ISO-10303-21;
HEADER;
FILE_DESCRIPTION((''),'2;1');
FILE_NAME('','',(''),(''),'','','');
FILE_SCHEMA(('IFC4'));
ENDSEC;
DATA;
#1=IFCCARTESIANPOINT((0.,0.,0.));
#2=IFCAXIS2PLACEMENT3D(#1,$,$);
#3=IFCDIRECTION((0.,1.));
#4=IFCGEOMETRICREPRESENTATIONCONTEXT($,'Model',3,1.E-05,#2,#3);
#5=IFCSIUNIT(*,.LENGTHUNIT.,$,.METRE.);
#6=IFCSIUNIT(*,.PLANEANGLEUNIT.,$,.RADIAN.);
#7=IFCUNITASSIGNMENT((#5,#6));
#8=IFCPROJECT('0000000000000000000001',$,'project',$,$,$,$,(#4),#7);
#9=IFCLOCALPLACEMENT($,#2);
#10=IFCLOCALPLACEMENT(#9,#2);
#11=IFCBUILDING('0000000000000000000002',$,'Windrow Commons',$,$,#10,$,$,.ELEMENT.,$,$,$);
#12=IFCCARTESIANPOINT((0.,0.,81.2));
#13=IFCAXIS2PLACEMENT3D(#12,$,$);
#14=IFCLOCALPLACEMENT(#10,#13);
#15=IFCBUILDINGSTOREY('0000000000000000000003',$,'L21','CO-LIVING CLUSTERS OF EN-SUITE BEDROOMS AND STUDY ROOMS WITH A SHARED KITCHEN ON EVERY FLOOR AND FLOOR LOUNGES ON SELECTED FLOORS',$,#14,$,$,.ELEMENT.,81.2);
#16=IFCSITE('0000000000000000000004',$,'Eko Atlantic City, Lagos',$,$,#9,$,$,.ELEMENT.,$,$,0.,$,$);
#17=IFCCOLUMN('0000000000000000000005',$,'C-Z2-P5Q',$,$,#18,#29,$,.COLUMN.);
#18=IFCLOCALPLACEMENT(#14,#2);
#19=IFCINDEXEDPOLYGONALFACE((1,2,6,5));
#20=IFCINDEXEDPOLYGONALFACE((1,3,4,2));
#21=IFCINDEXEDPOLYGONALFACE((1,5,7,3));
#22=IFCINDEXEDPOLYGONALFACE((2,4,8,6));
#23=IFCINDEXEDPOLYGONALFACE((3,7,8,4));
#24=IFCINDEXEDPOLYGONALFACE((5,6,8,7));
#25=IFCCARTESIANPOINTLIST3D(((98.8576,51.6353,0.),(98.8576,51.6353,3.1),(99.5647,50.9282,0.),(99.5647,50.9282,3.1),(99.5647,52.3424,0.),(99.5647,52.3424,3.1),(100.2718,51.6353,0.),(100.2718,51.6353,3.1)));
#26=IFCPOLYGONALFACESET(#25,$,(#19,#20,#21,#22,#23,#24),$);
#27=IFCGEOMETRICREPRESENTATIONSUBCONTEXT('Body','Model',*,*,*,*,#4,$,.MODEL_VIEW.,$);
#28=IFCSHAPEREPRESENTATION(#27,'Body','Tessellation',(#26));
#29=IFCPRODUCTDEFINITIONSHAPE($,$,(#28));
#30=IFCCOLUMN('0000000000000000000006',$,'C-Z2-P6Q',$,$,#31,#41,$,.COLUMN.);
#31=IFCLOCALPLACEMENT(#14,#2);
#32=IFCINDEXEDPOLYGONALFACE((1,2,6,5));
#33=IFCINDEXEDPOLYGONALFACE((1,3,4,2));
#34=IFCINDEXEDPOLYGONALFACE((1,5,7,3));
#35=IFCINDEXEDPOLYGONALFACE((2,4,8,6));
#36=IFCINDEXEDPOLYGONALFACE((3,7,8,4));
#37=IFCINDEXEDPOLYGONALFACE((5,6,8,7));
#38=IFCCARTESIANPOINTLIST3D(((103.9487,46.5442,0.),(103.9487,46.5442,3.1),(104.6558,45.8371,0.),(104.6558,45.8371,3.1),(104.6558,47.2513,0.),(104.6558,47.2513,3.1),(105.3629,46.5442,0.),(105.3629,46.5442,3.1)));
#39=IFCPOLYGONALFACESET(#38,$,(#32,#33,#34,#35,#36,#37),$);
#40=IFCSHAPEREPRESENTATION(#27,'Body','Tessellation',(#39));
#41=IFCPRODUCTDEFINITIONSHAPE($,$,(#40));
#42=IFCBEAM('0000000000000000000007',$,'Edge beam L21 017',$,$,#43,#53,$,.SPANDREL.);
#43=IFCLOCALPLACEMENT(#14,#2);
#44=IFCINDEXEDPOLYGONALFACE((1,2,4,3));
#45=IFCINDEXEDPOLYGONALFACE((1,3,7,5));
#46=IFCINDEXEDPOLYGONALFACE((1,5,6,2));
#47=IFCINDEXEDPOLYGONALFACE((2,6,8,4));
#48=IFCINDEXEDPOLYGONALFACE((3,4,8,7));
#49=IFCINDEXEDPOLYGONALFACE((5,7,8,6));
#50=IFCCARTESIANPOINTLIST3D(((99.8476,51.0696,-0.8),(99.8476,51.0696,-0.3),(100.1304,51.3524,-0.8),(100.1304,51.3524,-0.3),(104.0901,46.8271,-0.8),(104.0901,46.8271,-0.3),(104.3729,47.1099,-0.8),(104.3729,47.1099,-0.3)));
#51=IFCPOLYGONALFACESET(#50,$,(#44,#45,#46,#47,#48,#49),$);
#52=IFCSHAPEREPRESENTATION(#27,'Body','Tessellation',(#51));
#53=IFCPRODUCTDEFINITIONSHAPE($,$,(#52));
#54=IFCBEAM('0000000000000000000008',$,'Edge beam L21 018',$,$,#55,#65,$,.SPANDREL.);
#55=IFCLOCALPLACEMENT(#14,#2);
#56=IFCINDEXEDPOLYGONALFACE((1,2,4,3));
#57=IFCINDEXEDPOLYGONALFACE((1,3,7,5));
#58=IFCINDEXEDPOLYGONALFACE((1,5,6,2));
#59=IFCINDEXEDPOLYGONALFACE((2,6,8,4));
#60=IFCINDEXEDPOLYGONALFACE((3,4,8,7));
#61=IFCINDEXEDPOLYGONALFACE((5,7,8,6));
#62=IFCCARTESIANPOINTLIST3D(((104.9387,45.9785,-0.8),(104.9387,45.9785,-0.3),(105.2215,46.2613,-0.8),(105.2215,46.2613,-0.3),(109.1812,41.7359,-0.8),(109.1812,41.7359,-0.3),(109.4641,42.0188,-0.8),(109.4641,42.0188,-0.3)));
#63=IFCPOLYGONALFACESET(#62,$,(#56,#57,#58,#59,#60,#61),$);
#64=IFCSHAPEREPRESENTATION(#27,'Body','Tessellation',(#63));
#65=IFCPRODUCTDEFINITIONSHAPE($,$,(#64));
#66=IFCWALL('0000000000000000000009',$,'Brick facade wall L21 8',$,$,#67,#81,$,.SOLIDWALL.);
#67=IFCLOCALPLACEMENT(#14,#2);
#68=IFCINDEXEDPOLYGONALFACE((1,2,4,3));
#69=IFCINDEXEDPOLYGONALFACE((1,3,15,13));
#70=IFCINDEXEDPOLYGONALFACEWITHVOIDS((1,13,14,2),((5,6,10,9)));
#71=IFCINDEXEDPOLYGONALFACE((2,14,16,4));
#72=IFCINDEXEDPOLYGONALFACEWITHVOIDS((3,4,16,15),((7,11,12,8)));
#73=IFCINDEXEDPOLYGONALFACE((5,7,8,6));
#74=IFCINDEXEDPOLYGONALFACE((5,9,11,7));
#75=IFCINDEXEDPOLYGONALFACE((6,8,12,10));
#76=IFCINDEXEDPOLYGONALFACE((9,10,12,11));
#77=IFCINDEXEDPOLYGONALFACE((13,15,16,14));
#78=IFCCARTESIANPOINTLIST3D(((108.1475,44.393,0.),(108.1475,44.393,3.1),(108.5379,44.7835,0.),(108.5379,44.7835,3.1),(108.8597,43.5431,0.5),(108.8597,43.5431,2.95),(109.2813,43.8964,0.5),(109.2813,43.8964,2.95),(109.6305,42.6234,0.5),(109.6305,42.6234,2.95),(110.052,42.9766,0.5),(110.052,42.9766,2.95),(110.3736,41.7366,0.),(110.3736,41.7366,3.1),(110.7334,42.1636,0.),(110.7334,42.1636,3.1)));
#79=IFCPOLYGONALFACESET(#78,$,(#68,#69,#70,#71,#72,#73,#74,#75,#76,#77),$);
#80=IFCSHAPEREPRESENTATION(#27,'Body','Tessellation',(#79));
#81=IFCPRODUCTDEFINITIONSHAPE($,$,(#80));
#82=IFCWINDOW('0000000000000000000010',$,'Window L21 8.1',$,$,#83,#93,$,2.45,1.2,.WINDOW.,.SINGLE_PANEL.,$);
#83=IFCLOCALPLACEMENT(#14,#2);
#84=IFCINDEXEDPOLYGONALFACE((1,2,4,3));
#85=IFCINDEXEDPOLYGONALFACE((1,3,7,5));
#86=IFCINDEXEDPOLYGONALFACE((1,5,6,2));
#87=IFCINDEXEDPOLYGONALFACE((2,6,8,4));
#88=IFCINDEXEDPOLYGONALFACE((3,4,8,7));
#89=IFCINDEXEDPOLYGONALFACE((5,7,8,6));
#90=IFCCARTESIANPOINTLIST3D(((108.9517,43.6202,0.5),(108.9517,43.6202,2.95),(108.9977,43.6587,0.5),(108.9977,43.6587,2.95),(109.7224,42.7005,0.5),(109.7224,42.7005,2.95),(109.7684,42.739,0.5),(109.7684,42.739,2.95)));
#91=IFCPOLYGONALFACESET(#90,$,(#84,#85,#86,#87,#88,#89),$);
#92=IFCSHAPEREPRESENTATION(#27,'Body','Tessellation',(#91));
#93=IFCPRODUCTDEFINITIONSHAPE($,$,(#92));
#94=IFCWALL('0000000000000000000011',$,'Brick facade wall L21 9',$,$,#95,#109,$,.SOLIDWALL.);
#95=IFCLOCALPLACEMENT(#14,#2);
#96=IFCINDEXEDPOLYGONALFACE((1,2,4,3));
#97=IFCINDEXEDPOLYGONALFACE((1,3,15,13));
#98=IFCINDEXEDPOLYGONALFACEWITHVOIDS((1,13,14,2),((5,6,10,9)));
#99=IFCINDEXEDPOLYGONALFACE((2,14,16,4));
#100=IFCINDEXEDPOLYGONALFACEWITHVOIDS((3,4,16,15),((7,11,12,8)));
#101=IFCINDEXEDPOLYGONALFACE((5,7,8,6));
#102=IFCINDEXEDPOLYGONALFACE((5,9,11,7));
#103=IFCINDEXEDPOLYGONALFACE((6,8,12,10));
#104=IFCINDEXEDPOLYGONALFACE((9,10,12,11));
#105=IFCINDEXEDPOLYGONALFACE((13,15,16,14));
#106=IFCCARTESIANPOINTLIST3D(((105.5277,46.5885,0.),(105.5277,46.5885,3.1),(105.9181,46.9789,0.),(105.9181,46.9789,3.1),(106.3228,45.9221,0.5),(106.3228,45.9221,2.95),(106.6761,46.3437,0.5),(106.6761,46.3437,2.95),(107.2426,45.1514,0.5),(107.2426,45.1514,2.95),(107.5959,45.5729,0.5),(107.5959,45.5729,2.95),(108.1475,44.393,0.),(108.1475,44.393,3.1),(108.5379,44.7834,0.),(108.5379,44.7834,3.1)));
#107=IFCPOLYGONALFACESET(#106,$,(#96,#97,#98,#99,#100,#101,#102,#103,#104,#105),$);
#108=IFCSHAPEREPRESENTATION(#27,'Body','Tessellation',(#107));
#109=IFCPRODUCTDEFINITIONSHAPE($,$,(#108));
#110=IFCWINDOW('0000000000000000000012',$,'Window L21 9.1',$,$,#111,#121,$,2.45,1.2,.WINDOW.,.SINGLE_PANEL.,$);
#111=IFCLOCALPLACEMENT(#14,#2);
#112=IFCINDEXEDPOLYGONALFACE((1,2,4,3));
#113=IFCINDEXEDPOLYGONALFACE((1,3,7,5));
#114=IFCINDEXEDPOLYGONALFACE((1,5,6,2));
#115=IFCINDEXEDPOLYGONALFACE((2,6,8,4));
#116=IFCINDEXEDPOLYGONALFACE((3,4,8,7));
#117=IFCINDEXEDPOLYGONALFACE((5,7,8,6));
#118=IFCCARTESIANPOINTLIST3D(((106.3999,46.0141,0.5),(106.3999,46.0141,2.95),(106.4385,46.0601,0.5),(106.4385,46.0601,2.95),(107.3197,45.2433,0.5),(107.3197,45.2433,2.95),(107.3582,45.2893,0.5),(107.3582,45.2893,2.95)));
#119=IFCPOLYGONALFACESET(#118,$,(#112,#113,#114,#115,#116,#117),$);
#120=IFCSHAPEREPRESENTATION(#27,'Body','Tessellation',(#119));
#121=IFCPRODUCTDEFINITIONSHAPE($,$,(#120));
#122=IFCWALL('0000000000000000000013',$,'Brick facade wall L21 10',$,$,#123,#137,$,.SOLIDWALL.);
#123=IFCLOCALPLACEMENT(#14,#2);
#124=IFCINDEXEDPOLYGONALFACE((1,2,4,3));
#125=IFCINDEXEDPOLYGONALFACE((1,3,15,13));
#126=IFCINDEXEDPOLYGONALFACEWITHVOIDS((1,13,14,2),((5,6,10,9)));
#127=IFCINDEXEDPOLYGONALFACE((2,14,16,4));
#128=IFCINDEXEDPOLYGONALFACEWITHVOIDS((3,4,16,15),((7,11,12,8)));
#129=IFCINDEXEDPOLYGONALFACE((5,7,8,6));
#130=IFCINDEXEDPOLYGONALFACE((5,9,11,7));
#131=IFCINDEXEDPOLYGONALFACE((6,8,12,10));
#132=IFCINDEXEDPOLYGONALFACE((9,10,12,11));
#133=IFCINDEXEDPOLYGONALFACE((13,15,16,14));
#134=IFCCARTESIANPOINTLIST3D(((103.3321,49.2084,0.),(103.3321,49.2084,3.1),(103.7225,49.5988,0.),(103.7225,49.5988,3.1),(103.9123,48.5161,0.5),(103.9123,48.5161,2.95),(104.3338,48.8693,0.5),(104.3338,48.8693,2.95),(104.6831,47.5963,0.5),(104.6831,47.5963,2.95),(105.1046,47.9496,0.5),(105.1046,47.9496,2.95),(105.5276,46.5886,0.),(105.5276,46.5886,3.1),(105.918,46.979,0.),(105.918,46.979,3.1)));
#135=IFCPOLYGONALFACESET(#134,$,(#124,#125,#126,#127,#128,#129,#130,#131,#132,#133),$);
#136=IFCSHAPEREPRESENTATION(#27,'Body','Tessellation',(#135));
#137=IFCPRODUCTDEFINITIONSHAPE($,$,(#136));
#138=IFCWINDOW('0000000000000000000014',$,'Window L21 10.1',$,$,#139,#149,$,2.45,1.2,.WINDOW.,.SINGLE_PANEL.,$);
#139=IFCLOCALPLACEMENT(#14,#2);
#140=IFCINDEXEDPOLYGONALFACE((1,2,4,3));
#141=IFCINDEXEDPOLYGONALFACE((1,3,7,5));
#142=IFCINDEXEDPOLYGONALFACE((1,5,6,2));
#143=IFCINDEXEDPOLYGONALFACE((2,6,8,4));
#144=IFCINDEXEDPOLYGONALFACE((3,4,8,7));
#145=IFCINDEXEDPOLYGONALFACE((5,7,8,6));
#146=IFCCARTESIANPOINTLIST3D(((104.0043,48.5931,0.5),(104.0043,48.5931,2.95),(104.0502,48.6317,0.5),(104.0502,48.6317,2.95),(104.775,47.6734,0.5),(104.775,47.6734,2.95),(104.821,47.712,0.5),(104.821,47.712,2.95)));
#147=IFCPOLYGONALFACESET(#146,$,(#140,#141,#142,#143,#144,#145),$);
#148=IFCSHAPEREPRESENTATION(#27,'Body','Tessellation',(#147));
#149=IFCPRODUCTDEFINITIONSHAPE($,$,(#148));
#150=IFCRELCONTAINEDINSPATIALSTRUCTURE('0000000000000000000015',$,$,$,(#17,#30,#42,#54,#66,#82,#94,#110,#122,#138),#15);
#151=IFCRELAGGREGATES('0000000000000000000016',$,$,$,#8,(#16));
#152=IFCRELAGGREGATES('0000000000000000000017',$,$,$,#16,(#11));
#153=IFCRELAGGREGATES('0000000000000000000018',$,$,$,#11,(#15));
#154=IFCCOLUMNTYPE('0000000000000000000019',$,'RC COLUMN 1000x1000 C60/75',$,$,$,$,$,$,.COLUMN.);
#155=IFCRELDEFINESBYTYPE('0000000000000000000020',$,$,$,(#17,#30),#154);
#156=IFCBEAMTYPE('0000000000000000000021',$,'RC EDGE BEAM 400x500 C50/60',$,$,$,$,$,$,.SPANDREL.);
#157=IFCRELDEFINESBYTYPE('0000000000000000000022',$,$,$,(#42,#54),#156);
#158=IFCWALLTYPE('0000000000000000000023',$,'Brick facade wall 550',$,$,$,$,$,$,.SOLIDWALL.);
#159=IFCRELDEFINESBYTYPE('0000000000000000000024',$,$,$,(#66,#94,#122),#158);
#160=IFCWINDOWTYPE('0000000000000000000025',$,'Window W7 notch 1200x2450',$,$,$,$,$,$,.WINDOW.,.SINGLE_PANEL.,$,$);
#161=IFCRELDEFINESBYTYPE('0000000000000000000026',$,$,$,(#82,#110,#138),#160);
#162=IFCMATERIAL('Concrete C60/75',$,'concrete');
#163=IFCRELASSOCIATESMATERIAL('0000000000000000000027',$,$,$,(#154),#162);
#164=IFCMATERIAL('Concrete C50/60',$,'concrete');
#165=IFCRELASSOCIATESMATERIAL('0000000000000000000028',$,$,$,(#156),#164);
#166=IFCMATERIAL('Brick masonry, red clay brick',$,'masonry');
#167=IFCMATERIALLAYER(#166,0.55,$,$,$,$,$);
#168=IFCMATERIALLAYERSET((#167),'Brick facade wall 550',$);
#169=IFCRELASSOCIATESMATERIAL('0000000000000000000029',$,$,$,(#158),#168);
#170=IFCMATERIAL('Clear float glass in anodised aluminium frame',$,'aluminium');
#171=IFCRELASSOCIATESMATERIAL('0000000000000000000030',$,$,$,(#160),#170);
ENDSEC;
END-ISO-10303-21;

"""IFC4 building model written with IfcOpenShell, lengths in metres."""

from ifc_helpers import new_model, si_unit, direction, frame, frame_2d, origin, origin_2d, place, context, subcontext, project, spatial, polyline, rectangle, outline, extrude, material, layer, layer_set, material_profile, profile_set, type_object, element, fill, save


model = new_model("IFC4")

# Units and contexts
model_context = context("Model", 3, precision=1e-05, world=origin(), true_north=direction((0.0, 1.0)))
body_context = subcontext(model_context, "Body", "Model", "MODEL_VIEW")
ifc_project = project(units=[si_unit("LENGTHUNIT", "METRE"), si_unit("PLANEANGLEUNIT", "RADIAN")], contexts=[model_context])

# Site, building, storey
site_placement = place(None, origin())
site = spatial("IfcSite", under=ifc_project, at=site_placement, Name="Eko Atlantic City, Lagos", CompositionType="ELEMENT", RefElevation=0.0)
building_placement = place(site_placement, origin())
building = spatial("IfcBuilding", under=site, at=building_placement, Name="Windrow Commons", CompositionType="ELEMENT")
storey_placement = place(building_placement, frame((0.0, 0.0, 81.2)))
storey = spatial("IfcBuildingStorey", under=building, at=storey_placement, Name="L21", Description="CO-LIVING CLUSTERS OF EN-SUITE BEDROOMS AND STUDY ROOMS WITH A SHARED KITCHEN ON EVERY FLOOR AND FLOOR LOUNGES ON SELECTED FLOORS", CompositionType="ELEMENT", Elevation=81.2)

# Columns
ifc_material_1 = material(Name="Concrete C60/75", Category="concrete")
ifc_material_profile_1 = material_profile(ifc_material_1, rectangle(XDim=1.0, YDim=1.0, at=origin_2d()))
ifc_profile_set_1 = profile_set([ifc_material_profile_1], Name="Concrete C60/75")
column_type = type_object("IfcColumnType", Name="RC COLUMN 1000x1000 C60/75", PredefinedType="COLUMN", material=ifc_profile_set_1)
for number, where, z_axis, x_axis, name in (
    (1, (99.5647, 51.6353, 0.0), (0.0, 0.0, 1.0), (0.707107, -0.707107, 0.0), "C-Z2-P5Q"),
    (2, (104.6558, 46.5442, 0.0), (0.0, 0.0, 1.0), (0.707107, -0.707107, 0.0), "C-Z2-P6Q"),
):
    element("IfcColumn", number, at=place(storey_placement, frame(where, z_axis=z_axis, x_axis=x_axis)), inside=storey, type_object=column_type, Name=name, PredefinedType="COLUMN", context=body_context, shape_type="SweptSolid", body=[
        extrude(rectangle(XDim=1.0, YDim=1.0, at=origin_2d()), origin(), (0.0, 0.0, 1.0), 3.1),
    ])

# Beams
ifc_material_2 = material(Name="Concrete C50/60", Category="concrete")
ifc_material_profile_2 = material_profile(ifc_material_2, rectangle(XDim=0.4, YDim=0.5, at=origin_2d()))
ifc_profile_set_2 = profile_set([ifc_material_profile_2], Name="Concrete C50/60")
beam_type = type_object("IfcBeamType", Name="RC EDGE BEAM 400x500 C50/60", PredefinedType="SPANDREL", material=ifc_profile_set_2)
beam_1_placement = place(storey_placement, frame((99.989, 51.211, -0.55), z_axis=(0.707107, -0.707107, 0.0), x_axis=(0.707107, 0.707107, 0.0)))
element("IfcBeam", 3, at=beam_1_placement, inside=storey, type_object=beam_type, Name="Edge beam L21 017", PredefinedType="SPANDREL", context=body_context, shape_type="SweptSolid", body=[
    extrude(rectangle(XDim=0.4, YDim=0.5, at=origin_2d()), origin(), (0.0, 0.0, 1.0), 5.9998),
])
beam_2_placement = place(storey_placement, frame((105.0801, 46.1199, -0.55), z_axis=(0.707107, -0.707107, 0.0), x_axis=(0.707107, 0.707107, 0.0)))
element("IfcBeam", 4, at=beam_2_placement, inside=storey, type_object=beam_type, Name="Edge beam L21 018", PredefinedType="SPANDREL", context=body_context, shape_type="SweptSolid", body=[
    extrude(rectangle(XDim=0.4, YDim=0.5, at=origin_2d()), origin(), (0.0, 0.0, 1.0), 5.9999),
])

# Walls, openings, windows
ifc_material_3 = material(Name="Brick masonry, red clay brick", Category="masonry")
ifc_layer_1 = layer(ifc_material_3, 0.55)
ifc_layer_set_1 = layer_set([ifc_layer_1], Name="Brick facade wall 550")
wall_type_1 = type_object("IfcWallType", Name="Brick facade wall 550", PredefinedType="SOLIDWALL", material=ifc_layer_set_1)
wall_1_placement = place(storey_placement, frame((110.5535, 41.9501, 0.0), z_axis=(0.0, 0.0, 1.0), x_axis=(-0.642305, 0.766449, 0.0)))
wall_1 = element("IfcWall", 5, at=wall_1_placement, inside=storey, type_object=wall_type_1, Name="Brick facade wall L21 8", PredefinedType="SOLIDWALL", context=body_context, shape_type="SweptSolid", body=[
    extrude(outline(polyline([(0.0481, -0.275), (3.4663, -0.275), (3.4178, 0.275), (-0.0481, 0.275), (0.0481, -0.275)])), origin(), (0.0, 0.0, 1.0), 3.1),
])
opening_1_placement = place(wall_1_placement, frame((1.1089, 0.0, 0.5)))
opening_1 = element("IfcOpeningElement", 6, at=opening_1_placement, cuts=wall_1, PredefinedType="OPENING", context=body_context, shape_type="SweptSolid", body=[
    extrude(rectangle(XDim=1.2, YDim=2.45, at=frame_2d((0.6, 1.225))), frame((0.0, 0.285, 0.0), z_axis=(0.0, -1.0, 0.0), x_axis=(1.0, 0.0, 0.0)), (0.0, 0.0, 1.0), 0.57),
])
ifc_material_4 = material(Name="Clear float glass in anodised aluminium frame", Category="aluminium")
window_type = type_object("IfcWindowType", Name="Window W7 notch 1200x2450", PartitioningType="SINGLE_PANEL", PredefinedType="WINDOW", material=ifc_material_4)
window_1_placement = place(opening_1_placement, origin())
window_1 = element("IfcWindow", 7, at=window_1_placement, inside=storey, type_object=window_type, Name="Window L21 8.1", OverallHeight=2.45, OverallWidth=1.2, PartitioningType="SINGLE_PANEL", PredefinedType="WINDOW", context=body_context, shape_type="SweptSolid", body=[
    extrude(rectangle(XDim=1.2, YDim=2.45, at=frame_2d((0.6, 1.225))), frame((0.0, 0.155, 0.0), z_axis=(0.0, -1.0, 0.0), x_axis=(1.0, 0.0, 0.0)), (0.0, 0.0, 1.0), 0.06),
])
fill(opening_1, window_1)
wall_2_placement = place(storey_placement, frame((108.3427, 44.5882, 0.0), z_axis=(0.0, 0.0, 1.0), x_axis=(-0.766441, 0.642314, 0.0)))
wall_2 = element("IfcWall", 8, at=wall_2_placement, inside=storey, type_object=wall_type_1, Name="Brick facade wall L21 9", PredefinedType="SOLIDWALL", context=body_context, shape_type="SweptSolid", body=[
    extrude(outline(polyline([(-0.0242, -0.275), (3.3939, -0.275), (3.4424, 0.275), (0.0242, 0.275), (-0.0242, -0.275)])), origin(), (0.0, 0.0, 1.0), 3.1),
])
opening_2_placement = place(wall_2_placement, frame((1.2049, 0.0, 0.5)))
opening_2 = element("IfcOpeningElement", 9, at=opening_2_placement, cuts=wall_2, PredefinedType="OPENING", context=body_context, shape_type="SweptSolid", body=[
    extrude(rectangle(XDim=1.2, YDim=2.45, at=frame_2d((0.6, 1.225))), frame((0.0, 0.285, 0.0), z_axis=(0.0, -1.0, 0.0), x_axis=(1.0, 0.0, 0.0)), (0.0, 0.0, 1.0), 0.57),
])
window_2_placement = place(opening_2_placement, origin())
window_2 = element("IfcWindow", 10, at=window_2_placement, inside=storey, type_object=window_type, Name="Window L21 9.1", OverallHeight=2.45, OverallWidth=1.2, PartitioningType="SINGLE_PANEL", PredefinedType="WINDOW", context=body_context, shape_type="SweptSolid", body=[
    extrude(rectangle(XDim=1.2, YDim=2.45, at=frame_2d((0.6, 1.225))), frame((0.0, 0.155, 0.0), z_axis=(0.0, -1.0, 0.0), x_axis=(1.0, 0.0, 0.0)), (0.0, 0.0, 1.0), 0.06),
])
fill(opening_2, window_2)
wall_3_placement = place(storey_placement, frame((105.7228, 46.7838, 0.0), z_axis=(0.0, 0.0, 1.0), x_axis=(-0.642311, 0.766444, 0.0)))
wall_3 = element("IfcWall", 11, at=wall_3_placement, inside=storey, type_object=wall_type_1, Name="Brick facade wall L21 10", PredefinedType="SOLIDWALL", context=body_context, shape_type="SweptSolid", body=[
    extrude(outline(polyline([(0.0242, -0.275), (3.4424, -0.275), (3.3939, 0.275), (-0.0242, 0.275), (0.0242, -0.275)])), origin(), (0.0, 0.0, 1.0), 3.1),
])
opening_3_placement = place(wall_3_placement, frame((1.2906, 0.0, 0.5)))
opening_3 = element("IfcOpeningElement", 12, at=opening_3_placement, cuts=wall_3, PredefinedType="OPENING", context=body_context, shape_type="SweptSolid", body=[
    extrude(rectangle(XDim=1.2, YDim=2.45, at=frame_2d((0.6, 1.225))), frame((0.0, 0.285, 0.0), z_axis=(0.0, -1.0, 0.0), x_axis=(1.0, 0.0, 0.0)), (0.0, 0.0, 1.0), 0.57),
])
window_3_placement = place(opening_3_placement, origin())
window_3 = element("IfcWindow", 13, at=window_3_placement, inside=storey, type_object=window_type, Name="Window L21 10.1", OverallHeight=2.45, OverallWidth=1.2, PartitioningType="SINGLE_PANEL", PredefinedType="WINDOW", context=body_context, shape_type="SweptSolid", body=[
    extrude(rectangle(XDim=1.2, YDim=2.45, at=frame_2d((0.6, 1.225))), frame((0.0, 0.155, 0.0), z_axis=(0.0, -1.0, 0.0), x_axis=(1.0, 0.0, 0.0)), (0.0, 0.0, 1.0), 0.06),
])
fill(opening_3, window_3)

save(model, "model.ifc")
